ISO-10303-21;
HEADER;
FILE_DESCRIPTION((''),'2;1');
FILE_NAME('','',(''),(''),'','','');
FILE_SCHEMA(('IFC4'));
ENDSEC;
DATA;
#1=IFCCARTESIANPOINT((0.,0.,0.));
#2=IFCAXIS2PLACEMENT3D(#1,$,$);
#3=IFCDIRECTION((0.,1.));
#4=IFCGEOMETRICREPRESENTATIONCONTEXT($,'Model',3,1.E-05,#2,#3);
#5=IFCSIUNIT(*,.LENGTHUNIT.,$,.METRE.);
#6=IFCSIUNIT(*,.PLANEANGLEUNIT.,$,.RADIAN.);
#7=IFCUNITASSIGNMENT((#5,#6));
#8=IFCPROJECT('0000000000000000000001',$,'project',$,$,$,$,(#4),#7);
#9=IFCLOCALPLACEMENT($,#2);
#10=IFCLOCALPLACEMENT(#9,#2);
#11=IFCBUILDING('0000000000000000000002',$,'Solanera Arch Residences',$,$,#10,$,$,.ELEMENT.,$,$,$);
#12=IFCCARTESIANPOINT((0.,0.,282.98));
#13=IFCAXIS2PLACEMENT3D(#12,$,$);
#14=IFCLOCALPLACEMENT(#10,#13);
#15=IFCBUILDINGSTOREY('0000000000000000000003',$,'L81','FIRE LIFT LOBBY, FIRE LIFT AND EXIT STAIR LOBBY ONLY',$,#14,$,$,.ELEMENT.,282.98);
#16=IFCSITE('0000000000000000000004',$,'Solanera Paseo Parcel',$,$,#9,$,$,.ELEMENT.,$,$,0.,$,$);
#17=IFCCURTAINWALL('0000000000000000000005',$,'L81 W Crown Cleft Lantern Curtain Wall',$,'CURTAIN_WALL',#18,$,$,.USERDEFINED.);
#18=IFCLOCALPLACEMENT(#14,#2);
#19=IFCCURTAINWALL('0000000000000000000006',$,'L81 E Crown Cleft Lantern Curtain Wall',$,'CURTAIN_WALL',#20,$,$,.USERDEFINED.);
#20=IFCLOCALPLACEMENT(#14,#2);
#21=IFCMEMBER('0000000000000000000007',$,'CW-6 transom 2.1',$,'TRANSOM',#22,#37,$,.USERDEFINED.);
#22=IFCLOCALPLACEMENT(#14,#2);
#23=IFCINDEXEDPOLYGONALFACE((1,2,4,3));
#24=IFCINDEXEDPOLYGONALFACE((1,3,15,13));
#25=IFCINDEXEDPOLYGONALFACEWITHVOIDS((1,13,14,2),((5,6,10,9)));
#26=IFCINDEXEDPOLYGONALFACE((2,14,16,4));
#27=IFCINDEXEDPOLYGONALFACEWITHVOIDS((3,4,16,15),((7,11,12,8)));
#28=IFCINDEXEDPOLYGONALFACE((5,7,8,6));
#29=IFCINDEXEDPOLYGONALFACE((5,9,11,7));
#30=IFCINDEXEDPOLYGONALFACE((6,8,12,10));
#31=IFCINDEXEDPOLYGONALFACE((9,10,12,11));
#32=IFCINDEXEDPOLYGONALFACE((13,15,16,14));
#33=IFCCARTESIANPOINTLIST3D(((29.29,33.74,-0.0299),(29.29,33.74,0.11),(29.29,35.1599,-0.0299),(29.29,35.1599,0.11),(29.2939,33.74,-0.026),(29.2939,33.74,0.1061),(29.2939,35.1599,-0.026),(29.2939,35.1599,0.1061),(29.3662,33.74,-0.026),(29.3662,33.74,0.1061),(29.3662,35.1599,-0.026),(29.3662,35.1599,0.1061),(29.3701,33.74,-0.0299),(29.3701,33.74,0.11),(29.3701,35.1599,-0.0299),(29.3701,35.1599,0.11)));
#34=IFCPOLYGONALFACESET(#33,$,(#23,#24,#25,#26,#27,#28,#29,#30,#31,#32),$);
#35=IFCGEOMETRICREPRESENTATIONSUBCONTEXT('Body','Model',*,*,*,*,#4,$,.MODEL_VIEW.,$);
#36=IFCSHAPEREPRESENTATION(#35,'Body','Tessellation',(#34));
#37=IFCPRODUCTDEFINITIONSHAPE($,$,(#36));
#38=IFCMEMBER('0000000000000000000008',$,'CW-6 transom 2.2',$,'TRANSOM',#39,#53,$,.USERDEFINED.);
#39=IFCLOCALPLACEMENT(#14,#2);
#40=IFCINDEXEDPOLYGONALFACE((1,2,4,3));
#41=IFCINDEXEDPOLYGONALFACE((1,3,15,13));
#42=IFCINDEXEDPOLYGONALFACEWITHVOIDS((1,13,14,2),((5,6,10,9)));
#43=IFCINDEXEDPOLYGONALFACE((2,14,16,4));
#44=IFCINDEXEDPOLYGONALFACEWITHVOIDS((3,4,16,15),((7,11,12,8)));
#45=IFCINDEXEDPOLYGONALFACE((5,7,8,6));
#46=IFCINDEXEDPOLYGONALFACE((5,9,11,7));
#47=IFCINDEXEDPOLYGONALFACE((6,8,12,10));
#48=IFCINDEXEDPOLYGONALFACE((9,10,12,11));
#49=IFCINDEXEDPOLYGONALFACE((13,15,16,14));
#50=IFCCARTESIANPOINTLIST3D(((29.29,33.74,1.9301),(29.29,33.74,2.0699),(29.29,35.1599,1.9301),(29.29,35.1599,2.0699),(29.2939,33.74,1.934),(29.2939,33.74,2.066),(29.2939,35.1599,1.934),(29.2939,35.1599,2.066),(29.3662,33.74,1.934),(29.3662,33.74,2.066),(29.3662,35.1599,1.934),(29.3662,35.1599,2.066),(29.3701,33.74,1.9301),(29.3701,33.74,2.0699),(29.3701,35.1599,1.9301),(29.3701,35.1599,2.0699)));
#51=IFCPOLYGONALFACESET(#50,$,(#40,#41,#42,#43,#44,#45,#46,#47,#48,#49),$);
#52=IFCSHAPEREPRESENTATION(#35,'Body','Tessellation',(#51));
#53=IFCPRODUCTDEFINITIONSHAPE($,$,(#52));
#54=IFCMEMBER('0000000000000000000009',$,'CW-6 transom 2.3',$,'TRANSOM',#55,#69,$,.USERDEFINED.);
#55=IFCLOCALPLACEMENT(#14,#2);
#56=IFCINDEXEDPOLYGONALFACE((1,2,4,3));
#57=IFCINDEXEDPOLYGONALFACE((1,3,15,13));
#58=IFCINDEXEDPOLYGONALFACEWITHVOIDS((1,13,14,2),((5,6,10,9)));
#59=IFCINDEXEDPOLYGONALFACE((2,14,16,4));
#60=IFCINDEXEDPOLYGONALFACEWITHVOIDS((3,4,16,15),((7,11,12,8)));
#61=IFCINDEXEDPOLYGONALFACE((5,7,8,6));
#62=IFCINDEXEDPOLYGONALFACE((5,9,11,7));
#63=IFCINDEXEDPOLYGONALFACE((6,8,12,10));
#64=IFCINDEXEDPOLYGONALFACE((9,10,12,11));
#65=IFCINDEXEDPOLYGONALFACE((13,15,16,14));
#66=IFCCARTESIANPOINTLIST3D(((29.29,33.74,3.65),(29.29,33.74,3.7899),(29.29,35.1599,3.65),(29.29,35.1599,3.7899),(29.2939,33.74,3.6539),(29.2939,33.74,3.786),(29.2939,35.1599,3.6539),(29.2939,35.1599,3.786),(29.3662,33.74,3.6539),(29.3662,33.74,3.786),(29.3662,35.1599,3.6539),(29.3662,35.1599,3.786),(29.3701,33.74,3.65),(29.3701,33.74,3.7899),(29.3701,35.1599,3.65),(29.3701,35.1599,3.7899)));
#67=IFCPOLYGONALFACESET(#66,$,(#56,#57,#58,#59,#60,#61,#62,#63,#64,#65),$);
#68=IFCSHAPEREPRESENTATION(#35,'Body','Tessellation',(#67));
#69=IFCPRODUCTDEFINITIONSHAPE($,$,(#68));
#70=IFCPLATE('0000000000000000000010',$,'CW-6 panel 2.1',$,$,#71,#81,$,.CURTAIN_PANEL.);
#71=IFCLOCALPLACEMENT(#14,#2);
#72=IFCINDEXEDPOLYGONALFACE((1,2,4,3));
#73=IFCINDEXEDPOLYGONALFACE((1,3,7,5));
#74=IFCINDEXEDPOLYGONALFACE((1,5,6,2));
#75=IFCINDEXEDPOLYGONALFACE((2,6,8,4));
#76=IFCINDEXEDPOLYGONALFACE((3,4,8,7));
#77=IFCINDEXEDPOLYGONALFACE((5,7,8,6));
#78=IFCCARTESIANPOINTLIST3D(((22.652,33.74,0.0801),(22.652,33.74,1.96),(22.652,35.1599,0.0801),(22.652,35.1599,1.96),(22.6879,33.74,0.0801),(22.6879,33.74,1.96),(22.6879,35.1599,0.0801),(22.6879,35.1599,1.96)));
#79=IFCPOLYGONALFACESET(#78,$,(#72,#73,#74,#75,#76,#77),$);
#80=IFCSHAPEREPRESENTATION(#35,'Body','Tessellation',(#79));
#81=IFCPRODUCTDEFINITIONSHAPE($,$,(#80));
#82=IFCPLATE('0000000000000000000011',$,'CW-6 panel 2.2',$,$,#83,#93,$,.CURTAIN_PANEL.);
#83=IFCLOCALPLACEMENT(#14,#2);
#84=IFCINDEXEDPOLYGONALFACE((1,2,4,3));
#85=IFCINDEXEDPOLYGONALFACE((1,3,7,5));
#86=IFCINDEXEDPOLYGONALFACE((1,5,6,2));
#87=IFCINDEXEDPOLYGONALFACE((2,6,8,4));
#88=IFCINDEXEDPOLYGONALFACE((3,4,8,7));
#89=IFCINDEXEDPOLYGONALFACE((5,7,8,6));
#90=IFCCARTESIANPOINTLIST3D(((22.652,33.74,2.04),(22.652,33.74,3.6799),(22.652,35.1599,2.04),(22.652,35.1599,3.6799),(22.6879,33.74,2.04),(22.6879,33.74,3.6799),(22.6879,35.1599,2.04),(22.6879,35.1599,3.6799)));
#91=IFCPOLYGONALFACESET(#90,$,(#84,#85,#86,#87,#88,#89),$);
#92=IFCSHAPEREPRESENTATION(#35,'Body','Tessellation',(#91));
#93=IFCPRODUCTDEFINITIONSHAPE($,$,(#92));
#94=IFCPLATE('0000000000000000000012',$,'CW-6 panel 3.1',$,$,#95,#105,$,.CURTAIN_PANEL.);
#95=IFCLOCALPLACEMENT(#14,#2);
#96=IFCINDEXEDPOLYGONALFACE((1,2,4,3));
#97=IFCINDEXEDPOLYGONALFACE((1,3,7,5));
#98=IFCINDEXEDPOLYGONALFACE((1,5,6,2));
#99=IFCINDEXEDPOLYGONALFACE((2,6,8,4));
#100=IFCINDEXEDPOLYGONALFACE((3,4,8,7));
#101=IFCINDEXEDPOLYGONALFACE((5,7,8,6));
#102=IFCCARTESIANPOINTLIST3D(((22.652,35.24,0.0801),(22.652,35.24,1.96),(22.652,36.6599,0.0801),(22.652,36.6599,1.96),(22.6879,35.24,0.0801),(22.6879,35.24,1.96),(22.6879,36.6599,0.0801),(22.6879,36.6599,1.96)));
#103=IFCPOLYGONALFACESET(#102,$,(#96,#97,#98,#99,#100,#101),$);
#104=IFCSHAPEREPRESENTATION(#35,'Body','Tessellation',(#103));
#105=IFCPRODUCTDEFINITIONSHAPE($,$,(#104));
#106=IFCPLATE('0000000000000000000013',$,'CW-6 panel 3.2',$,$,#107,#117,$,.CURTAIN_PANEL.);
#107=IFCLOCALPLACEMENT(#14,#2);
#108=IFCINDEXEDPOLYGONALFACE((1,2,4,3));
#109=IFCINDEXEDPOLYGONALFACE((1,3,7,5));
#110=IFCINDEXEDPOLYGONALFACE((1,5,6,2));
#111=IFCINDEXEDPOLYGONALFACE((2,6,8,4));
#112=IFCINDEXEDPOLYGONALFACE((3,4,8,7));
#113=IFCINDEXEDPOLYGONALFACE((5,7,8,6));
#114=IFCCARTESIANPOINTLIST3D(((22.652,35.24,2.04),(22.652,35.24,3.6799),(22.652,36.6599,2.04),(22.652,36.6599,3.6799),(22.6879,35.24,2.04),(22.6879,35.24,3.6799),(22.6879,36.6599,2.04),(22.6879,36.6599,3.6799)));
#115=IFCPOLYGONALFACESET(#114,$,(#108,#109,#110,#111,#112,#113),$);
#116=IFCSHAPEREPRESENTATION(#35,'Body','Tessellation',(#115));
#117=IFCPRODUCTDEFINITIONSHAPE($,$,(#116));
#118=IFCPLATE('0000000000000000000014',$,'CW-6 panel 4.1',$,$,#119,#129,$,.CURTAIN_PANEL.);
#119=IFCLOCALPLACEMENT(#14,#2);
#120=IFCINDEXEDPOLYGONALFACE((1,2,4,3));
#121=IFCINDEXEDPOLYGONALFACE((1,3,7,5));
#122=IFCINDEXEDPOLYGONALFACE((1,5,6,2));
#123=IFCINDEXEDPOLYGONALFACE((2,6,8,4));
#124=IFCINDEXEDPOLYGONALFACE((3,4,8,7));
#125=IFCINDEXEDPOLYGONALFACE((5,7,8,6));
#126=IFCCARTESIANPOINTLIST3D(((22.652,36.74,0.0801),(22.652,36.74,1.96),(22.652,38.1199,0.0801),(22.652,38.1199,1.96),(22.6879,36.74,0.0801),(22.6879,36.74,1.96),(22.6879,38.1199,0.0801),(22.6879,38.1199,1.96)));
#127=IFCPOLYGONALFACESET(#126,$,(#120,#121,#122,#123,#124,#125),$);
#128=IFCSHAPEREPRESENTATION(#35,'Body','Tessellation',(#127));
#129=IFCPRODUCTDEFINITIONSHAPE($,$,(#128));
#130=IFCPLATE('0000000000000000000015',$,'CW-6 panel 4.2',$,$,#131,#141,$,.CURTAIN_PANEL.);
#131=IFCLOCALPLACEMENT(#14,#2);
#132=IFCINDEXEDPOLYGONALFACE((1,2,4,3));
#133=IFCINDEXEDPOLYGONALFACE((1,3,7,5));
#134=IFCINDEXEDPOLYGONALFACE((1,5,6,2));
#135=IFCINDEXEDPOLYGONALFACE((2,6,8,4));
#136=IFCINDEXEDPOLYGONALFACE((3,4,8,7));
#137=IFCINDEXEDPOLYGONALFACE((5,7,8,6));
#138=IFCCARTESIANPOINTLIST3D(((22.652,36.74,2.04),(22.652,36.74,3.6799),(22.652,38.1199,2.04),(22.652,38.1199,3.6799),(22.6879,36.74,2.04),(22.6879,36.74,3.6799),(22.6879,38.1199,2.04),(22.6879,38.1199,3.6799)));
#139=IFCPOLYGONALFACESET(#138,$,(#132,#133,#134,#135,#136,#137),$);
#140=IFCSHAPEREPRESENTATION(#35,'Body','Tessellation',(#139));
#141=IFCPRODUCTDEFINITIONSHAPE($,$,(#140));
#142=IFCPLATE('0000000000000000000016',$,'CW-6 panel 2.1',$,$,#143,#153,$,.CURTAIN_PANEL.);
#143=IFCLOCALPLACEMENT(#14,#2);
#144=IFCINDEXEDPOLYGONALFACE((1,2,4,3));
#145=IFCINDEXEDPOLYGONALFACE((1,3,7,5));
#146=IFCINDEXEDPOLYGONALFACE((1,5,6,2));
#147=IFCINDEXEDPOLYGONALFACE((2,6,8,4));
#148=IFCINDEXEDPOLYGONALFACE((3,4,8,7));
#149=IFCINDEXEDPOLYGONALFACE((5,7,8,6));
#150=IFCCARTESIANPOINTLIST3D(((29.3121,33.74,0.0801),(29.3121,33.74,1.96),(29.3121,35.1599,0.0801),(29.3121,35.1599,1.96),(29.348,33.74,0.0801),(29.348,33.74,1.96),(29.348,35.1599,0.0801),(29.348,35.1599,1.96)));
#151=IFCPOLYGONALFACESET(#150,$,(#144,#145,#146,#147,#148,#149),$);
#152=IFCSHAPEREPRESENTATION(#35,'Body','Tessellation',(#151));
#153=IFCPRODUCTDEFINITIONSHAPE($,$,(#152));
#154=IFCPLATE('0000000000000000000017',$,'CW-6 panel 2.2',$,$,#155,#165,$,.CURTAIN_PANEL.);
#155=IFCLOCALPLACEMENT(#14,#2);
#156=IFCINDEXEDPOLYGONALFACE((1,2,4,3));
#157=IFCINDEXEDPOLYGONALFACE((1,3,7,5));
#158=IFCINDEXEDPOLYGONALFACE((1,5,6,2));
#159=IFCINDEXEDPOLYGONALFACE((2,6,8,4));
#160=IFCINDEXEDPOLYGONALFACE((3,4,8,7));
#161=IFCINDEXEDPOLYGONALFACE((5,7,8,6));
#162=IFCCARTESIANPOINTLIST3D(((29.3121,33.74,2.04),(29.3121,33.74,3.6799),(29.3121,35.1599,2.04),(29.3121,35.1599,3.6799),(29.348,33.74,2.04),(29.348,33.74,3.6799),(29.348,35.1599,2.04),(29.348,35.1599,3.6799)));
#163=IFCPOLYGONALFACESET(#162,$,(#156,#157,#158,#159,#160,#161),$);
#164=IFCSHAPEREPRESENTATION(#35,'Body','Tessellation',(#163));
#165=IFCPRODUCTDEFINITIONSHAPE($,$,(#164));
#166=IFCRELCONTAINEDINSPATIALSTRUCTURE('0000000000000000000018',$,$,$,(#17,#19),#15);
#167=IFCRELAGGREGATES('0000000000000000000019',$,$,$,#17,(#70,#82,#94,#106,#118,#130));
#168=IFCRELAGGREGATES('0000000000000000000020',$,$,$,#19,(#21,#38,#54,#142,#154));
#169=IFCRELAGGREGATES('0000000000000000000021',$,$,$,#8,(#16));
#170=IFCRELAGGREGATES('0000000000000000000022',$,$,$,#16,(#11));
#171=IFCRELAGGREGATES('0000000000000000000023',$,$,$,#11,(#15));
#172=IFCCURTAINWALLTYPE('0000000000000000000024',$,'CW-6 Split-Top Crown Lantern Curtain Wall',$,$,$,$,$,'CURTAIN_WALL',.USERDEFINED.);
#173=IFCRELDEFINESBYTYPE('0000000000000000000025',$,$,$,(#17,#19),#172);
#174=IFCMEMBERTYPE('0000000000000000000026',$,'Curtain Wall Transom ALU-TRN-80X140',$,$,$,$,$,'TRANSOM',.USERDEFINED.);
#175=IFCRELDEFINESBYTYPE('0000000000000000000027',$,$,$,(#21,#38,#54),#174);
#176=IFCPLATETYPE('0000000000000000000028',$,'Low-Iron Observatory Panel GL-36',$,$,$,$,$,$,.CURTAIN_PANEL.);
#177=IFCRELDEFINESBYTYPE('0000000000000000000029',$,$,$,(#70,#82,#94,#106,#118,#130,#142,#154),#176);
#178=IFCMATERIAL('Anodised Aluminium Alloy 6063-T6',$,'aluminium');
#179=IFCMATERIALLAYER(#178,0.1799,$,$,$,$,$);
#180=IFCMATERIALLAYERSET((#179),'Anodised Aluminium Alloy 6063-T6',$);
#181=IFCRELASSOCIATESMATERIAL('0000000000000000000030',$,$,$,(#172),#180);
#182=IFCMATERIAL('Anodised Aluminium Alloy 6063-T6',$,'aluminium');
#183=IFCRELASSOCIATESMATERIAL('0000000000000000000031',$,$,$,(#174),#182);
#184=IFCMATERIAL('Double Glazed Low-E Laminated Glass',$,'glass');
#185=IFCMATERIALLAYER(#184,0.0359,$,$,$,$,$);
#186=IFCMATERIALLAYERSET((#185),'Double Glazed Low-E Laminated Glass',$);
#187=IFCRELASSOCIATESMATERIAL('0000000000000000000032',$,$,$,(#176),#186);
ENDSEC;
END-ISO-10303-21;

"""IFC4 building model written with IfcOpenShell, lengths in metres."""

from ifc_helpers import new_model, si_unit, direction, frame, origin, origin_2d, place, context, subcontext, project, spatial, rectangle, hollow_rectangle, extrude, material, layer, layer_set, material_profile, profile_set, type_object, element, aggregate, save


model = new_model("IFC4")

# Units and contexts
model_context = context("Model", 3, precision=1e-05, world=origin(), true_north=direction((0.0, 1.0)))
body_context = subcontext(model_context, "Body", "Model", "MODEL_VIEW")
ifc_project = project(units=[si_unit("LENGTHUNIT", "METRE"), si_unit("PLANEANGLEUNIT", "RADIAN")], contexts=[model_context])

# Site, building, storey
site_placement = place(None, origin())
site = spatial("IfcSite", under=ifc_project, at=site_placement, Name="Solanera Paseo Parcel", CompositionType="ELEMENT", RefElevation=0.0)
building_placement = place(site_placement, origin())
building = spatial("IfcBuilding", under=site, at=building_placement, Name="Solanera Arch Residences", CompositionType="ELEMENT")
storey_placement = place(building_placement, frame((0.0, 0.0, 282.98)))
storey = spatial("IfcBuildingStorey", under=building, at=storey_placement, Name="L81", Description="FIRE LIFT LOBBY, FIRE LIFT AND EXIT STAIR LOBBY ONLY", CompositionType="ELEMENT", Elevation=282.98)

# Curtain walls, members
ifc_material_1 = material(Name="Anodised Aluminium Alloy 6063-T6", Category="aluminium")
ifc_layer_1 = layer(ifc_material_1, 0.1799)
ifc_layer_set_1 = layer_set([ifc_layer_1], Name="Anodised Aluminium Alloy 6063-T6")
curtain_wall_type = type_object("IfcCurtainWallType", Name="CW-6 Split-Top Crown Lantern Curtain Wall", ElementType="CURTAIN_WALL", PredefinedType="USERDEFINED", material=ifc_layer_set_1)
curtain_wall_1_placement = place(storey_placement, origin())
curtain_wall_1 = element("IfcCurtainWall", 1, at=curtain_wall_1_placement, inside=storey, type_object=curtain_wall_type, Name="L81 W Crown Cleft Lantern Curtain Wall", ObjectType="CURTAIN_WALL", PredefinedType="USERDEFINED")
ifc_material_2 = material(Name="Anodised Aluminium Alloy 6063-T6", Category="aluminium")
ifc_material_profile_1 = material_profile(ifc_material_2, hollow_rectangle(XDim=0.0801, YDim=0.1399, WallThickness=0.0039, at=origin_2d()))
ifc_profile_set_1 = profile_set([ifc_material_profile_1], Name="Anodised Aluminium Alloy 6063-T6")
member_type_1 = type_object("IfcMemberType", Name="Curtain Wall Transom ALU-TRN-80X140", ElementType="TRANSOM", PredefinedType="USERDEFINED", material=ifc_profile_set_1)
curtain_wall_2_placement = place(storey_placement, origin())
curtain_wall_2 = element("IfcCurtainWall", 2, at=curtain_wall_2_placement, inside=storey, type_object=curtain_wall_type, Name="L81 E Crown Cleft Lantern Curtain Wall", ObjectType="CURTAIN_WALL", PredefinedType="USERDEFINED")
member_1_placement = place(storey_placement, frame((29.3301, 33.74, 0.04), z_axis=(0.0, 1.0, 0.0), x_axis=(-1.0, 0.0, 0.0)))
member_1 = element("IfcMember", 3, at=member_1_placement, type_object=member_type_1, Name="CW-6 transom 2.1", ObjectType="TRANSOM", PredefinedType="USERDEFINED", context=body_context, shape_type="SweptSolid", body=[
    extrude(hollow_rectangle(XDim=0.0801, YDim=0.1399, WallThickness=0.0039, at=origin_2d()), origin(), (0.0, 0.0, 1.0), 1.4199),
])
member_2_placement = place(storey_placement, frame((29.3301, 33.74, 2.0), z_axis=(0.0, 1.0, 0.0), x_axis=(-1.0, 0.0, 0.0)))
member_2 = element("IfcMember", 4, at=member_2_placement, type_object=member_type_1, Name="CW-6 transom 2.2", ObjectType="TRANSOM", PredefinedType="USERDEFINED", context=body_context, shape_type="SweptSolid", body=[
    extrude(hollow_rectangle(XDim=0.0801, YDim=0.1399, WallThickness=0.0039, at=origin_2d()), origin(), (0.0, 0.0, 1.0), 1.4199),
])
member_3_placement = place(storey_placement, frame((29.3301, 33.74, 3.72), z_axis=(0.0, 1.0, 0.0), x_axis=(-1.0, 0.0, 0.0)))
member_3 = element("IfcMember", 5, at=member_3_placement, type_object=member_type_1, Name="CW-6 transom 2.3", ObjectType="TRANSOM", PredefinedType="USERDEFINED", context=body_context, shape_type="SweptSolid", body=[
    extrude(hollow_rectangle(XDim=0.0801, YDim=0.1399, WallThickness=0.0039, at=origin_2d()), origin(), (0.0, 0.0, 1.0), 1.4199),
])

# Plates
ifc_material_3 = material(Name="Double Glazed Low-E Laminated Glass", Category="glass")
ifc_layer_2 = layer(ifc_material_3, 0.0359)
ifc_layer_set_2 = layer_set([ifc_layer_2], Name="Double Glazed Low-E Laminated Glass")
plate_type = type_object("IfcPlateType", Name="Low-Iron Observatory Panel GL-36", PredefinedType="CURTAIN_PANEL", material=ifc_layer_set_2)
plate_1_placement = place(storey_placement, frame((22.6699, 34.45, 0.0801), z_axis=(0.0, 0.0, 1.0), x_axis=(0.0, 1.0, 0.0)))
plate_1 = element("IfcPlate", 6, at=plate_1_placement, type_object=plate_type, Name="CW-6 panel 2.1", PredefinedType="CURTAIN_PANEL", context=body_context, shape_type="SweptSolid", body=[
    extrude(rectangle(XDim=1.4199, YDim=0.0359, at=origin_2d()), origin(), (0.0, 0.0, 1.0), 1.8799),
])
plate_2_placement = place(storey_placement, frame((22.6699, 34.45, 2.04), z_axis=(0.0, 0.0, 1.0), x_axis=(0.0, 1.0, 0.0)))
plate_2 = element("IfcPlate", 7, at=plate_2_placement, type_object=plate_type, Name="CW-6 panel 2.2", PredefinedType="CURTAIN_PANEL", context=body_context, shape_type="SweptSolid", body=[
    extrude(rectangle(XDim=1.4199, YDim=0.0359, at=origin_2d()), origin(), (0.0, 0.0, 1.0), 1.6399),
])
plate_3_placement = place(storey_placement, frame((22.6699, 35.95, 0.0801), z_axis=(0.0, 0.0, 1.0), x_axis=(0.0, 1.0, 0.0)))
plate_3 = element("IfcPlate", 8, at=plate_3_placement, type_object=plate_type, Name="CW-6 panel 3.1", PredefinedType="CURTAIN_PANEL", context=body_context, shape_type="SweptSolid", body=[
    extrude(rectangle(XDim=1.4199, YDim=0.0359, at=origin_2d()), origin(), (0.0, 0.0, 1.0), 1.8799),
])
plate_4_placement = place(storey_placement, frame((22.6699, 35.95, 2.04), z_axis=(0.0, 0.0, 1.0), x_axis=(0.0, 1.0, 0.0)))
plate_4 = element("IfcPlate", 9, at=plate_4_placement, type_object=plate_type, Name="CW-6 panel 3.2", PredefinedType="CURTAIN_PANEL", context=body_context, shape_type="SweptSolid", body=[
    extrude(rectangle(XDim=1.4199, YDim=0.0359, at=origin_2d()), origin(), (0.0, 0.0, 1.0), 1.6399),
])
plate_5_placement = place(storey_placement, frame((22.6699, 37.4299, 0.0801), z_axis=(0.0, 0.0, 1.0), x_axis=(0.0, 1.0, 0.0)))
plate_5 = element("IfcPlate", 10, at=plate_5_placement, type_object=plate_type, Name="CW-6 panel 4.1", PredefinedType="CURTAIN_PANEL", context=body_context, shape_type="SweptSolid", body=[
    extrude(rectangle(XDim=1.3799, YDim=0.0359, at=origin_2d()), origin(), (0.0, 0.0, 1.0), 1.8799),
])
plate_6_placement = place(storey_placement, frame((22.6699, 37.4299, 2.04), z_axis=(0.0, 0.0, 1.0), x_axis=(0.0, 1.0, 0.0)))
plate_6 = element("IfcPlate", 11, at=plate_6_placement, type_object=plate_type, Name="CW-6 panel 4.2", PredefinedType="CURTAIN_PANEL", context=body_context, shape_type="SweptSolid", body=[
    extrude(rectangle(XDim=1.3799, YDim=0.0359, at=origin_2d()), origin(), (0.0, 0.0, 1.0), 1.6399),
])
aggregate(curtain_wall_1, [plate_1, plate_2, plate_3, plate_4, plate_5, plate_6])
plate_7_placement = place(storey_placement, frame((29.3301, 34.45, 0.0801), z_axis=(0.0, 0.0, 1.0), x_axis=(0.0, 1.0, 0.0)))
plate_7 = element("IfcPlate", 12, at=plate_7_placement, type_object=plate_type, Name="CW-6 panel 2.1", PredefinedType="CURTAIN_PANEL", context=body_context, shape_type="SweptSolid", body=[
    extrude(rectangle(XDim=1.4199, YDim=0.0359, at=origin_2d()), origin(), (0.0, 0.0, 1.0), 1.8799),
])
plate_8_placement = place(storey_placement, frame((29.3301, 34.45, 2.04), z_axis=(0.0, 0.0, 1.0), x_axis=(0.0, 1.0, 0.0)))
plate_8 = element("IfcPlate", 13, at=plate_8_placement, type_object=plate_type, Name="CW-6 panel 2.2", PredefinedType="CURTAIN_PANEL", context=body_context, shape_type="SweptSolid", body=[
    extrude(rectangle(XDim=1.4199, YDim=0.0359, at=origin_2d()), origin(), (0.0, 0.0, 1.0), 1.6399),
])
aggregate(curtain_wall_2, [member_1, member_2, member_3, plate_7, plate_8])

save(model, "model.ifc")
